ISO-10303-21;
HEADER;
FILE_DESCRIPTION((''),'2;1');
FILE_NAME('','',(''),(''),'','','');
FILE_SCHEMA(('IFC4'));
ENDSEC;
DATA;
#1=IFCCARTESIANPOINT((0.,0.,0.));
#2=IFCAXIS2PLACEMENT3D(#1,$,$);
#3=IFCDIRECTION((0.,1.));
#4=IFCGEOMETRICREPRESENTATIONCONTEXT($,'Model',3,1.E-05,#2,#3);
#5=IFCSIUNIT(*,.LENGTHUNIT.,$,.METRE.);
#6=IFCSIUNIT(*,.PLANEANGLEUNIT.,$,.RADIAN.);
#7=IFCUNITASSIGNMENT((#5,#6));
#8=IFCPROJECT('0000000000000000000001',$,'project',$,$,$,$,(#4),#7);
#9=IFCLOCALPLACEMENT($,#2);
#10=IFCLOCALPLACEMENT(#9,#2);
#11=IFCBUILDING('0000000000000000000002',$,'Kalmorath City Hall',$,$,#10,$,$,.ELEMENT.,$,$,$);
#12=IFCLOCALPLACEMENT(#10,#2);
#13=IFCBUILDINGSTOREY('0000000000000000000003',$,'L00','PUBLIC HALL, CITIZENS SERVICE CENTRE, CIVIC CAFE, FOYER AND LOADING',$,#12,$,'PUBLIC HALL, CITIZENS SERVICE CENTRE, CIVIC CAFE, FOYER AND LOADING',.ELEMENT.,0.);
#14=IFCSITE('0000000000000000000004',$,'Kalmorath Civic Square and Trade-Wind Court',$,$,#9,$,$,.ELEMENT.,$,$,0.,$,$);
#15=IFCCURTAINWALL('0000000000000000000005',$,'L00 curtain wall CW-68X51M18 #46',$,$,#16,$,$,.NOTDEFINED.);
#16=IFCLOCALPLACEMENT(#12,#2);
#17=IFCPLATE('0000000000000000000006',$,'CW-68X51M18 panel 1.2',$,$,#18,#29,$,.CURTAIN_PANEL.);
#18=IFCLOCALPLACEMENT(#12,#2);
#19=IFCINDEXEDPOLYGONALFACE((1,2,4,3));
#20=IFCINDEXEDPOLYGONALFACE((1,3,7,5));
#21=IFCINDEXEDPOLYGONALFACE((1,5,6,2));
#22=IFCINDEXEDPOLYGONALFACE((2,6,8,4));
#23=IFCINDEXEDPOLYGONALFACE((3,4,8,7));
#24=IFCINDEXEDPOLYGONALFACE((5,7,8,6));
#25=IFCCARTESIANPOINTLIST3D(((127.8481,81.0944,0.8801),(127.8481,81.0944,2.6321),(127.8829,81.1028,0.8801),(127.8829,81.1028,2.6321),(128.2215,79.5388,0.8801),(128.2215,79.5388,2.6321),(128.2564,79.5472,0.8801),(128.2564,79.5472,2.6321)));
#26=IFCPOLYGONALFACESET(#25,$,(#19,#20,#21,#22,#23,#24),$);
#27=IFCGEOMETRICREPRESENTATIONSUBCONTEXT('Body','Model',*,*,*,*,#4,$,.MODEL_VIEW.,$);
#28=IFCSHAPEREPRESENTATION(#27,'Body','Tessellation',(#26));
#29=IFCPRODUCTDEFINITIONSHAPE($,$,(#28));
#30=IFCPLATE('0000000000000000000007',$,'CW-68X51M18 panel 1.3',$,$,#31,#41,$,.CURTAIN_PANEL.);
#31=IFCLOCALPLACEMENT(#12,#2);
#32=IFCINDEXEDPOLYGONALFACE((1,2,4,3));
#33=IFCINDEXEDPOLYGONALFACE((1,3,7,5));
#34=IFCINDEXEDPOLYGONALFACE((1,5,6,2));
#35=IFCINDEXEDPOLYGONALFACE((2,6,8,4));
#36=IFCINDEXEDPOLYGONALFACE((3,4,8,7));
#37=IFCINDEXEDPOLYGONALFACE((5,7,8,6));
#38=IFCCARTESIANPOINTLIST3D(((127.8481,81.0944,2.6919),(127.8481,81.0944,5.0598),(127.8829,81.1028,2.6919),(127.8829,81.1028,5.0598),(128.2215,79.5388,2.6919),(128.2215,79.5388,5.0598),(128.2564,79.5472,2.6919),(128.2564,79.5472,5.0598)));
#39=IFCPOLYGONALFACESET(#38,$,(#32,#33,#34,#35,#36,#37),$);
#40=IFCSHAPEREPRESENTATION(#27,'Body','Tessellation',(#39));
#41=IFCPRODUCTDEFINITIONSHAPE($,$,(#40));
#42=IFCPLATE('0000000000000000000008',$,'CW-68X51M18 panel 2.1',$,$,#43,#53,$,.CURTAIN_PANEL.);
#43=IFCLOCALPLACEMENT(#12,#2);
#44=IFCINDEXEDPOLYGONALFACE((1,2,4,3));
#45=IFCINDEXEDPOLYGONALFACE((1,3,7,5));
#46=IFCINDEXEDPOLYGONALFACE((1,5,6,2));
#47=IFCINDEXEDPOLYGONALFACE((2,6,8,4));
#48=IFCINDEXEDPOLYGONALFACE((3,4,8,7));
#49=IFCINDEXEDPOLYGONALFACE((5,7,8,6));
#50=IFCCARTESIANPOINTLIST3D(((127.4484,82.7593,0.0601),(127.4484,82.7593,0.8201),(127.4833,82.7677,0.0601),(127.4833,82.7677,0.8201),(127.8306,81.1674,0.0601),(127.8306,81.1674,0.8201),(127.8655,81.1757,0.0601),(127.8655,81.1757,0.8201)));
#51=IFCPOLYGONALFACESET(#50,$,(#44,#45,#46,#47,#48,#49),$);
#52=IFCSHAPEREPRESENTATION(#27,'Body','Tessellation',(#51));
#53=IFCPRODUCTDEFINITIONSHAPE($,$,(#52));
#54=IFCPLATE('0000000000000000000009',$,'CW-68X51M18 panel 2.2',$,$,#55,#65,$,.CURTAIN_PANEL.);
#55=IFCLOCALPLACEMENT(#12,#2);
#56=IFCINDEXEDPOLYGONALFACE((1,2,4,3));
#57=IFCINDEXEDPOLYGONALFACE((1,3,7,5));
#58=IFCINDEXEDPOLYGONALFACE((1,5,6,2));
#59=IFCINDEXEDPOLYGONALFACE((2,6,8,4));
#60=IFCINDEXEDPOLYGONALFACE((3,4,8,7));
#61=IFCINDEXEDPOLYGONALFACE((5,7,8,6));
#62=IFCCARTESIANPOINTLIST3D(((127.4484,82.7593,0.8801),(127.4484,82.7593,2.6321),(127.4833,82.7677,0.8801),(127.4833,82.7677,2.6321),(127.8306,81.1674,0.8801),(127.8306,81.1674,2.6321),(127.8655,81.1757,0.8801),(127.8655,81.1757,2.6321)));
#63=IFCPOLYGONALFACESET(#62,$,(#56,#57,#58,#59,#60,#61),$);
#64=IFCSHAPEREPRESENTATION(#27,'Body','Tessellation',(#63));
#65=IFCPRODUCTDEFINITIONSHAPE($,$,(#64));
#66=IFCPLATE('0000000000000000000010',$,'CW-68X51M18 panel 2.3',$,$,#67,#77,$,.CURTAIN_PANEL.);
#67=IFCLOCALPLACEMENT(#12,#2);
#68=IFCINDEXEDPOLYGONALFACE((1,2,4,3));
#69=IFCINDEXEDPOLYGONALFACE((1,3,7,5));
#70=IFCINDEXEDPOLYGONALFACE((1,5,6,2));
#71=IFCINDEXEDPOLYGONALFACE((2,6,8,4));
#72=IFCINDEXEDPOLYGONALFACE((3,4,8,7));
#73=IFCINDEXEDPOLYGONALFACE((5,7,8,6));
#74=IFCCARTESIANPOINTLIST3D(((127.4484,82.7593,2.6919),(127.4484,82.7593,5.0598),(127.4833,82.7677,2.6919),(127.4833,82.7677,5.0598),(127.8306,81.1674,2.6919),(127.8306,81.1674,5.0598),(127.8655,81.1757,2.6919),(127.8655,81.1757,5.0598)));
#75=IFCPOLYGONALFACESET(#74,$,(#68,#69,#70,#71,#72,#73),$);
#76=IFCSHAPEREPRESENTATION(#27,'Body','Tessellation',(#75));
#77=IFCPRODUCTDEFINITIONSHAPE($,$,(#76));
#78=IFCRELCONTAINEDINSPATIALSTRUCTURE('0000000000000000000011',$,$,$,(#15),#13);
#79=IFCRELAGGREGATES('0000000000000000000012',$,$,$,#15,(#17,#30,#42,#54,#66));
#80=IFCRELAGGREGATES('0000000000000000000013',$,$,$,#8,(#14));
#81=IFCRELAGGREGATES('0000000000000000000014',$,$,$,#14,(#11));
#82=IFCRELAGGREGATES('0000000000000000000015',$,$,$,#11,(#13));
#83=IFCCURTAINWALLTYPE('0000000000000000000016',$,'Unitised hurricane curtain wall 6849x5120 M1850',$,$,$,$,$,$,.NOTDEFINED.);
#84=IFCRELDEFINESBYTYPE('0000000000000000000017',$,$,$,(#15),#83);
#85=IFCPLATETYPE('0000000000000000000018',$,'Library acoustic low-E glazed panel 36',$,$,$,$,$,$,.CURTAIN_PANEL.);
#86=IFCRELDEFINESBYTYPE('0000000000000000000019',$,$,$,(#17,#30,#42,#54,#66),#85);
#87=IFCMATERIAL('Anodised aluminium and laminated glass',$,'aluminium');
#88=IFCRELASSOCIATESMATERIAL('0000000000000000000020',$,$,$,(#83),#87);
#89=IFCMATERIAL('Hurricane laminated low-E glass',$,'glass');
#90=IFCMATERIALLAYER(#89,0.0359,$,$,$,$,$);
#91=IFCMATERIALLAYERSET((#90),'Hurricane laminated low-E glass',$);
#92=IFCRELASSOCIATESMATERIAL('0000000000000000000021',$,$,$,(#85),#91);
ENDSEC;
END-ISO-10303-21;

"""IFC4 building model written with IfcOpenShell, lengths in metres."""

from ifc_helpers import new_model, si_unit, direction, frame, origin, origin_2d, place, context, subcontext, project, spatial, rectangle, extrude, material, layer, layer_set, type_object, element, aggregate, save


model = new_model("IFC4")

# Units and contexts
model_context = context("Model", 3, precision=1e-05, world=origin(), true_north=direction((0.0, 1.0)))
body_context = subcontext(model_context, "Body", "Model", "MODEL_VIEW")
ifc_project = project(units=[si_unit("LENGTHUNIT", "METRE"), si_unit("PLANEANGLEUNIT", "RADIAN")], contexts=[model_context])

# Site, building, storey
site_placement = place(None, origin())
site = spatial("IfcSite", under=ifc_project, at=site_placement, Name="Kalmorath Civic Square and Trade-Wind Court", CompositionType="ELEMENT", RefElevation=0.0)
building_placement = place(site_placement, origin())
building = spatial("IfcBuilding", under=site, at=building_placement, Name="Kalmorath City Hall", CompositionType="ELEMENT")
storey_placement = place(building_placement, origin())
storey = spatial("IfcBuildingStorey", under=building, at=storey_placement, Name="L00", Description="PUBLIC HALL, CITIZENS SERVICE CENTRE, CIVIC CAFE, FOYER AND LOADING", LongName="PUBLIC HALL, CITIZENS SERVICE CENTRE, CIVIC CAFE, FOYER AND LOADING", CompositionType="ELEMENT", Elevation=0.0)

# Curtain wall
ifc_material_1 = material(Name="Anodised aluminium and laminated glass", Category="aluminium")
curtain_wall_type = type_object("IfcCurtainWallType", Name="Unitised hurricane curtain wall 6849x5120 M1850", PredefinedType="NOTDEFINED", material=ifc_material_1)
curtain_wall_1_placement = place(storey_placement, origin())
curtain_wall_1 = element("IfcCurtainWall", 1, at=curtain_wall_1_placement, inside=storey, type_object=curtain_wall_type, Name="L00 curtain wall CW-68X51M18 #46", PredefinedType="NOTDEFINED")

# Plates
ifc_material_2 = material(Name="Hurricane laminated low-E glass", Category="glass")
ifc_layer = layer(ifc_material_2, 0.0359)
ifc_layer_set = layer_set([ifc_layer], Name="Hurricane laminated low-E glass")
plate_type = type_object("IfcPlateType", Name="Library acoustic low-E glazed panel 36", PredefinedType="CURTAIN_PANEL", material=ifc_layer_set)
plate_1_placement = place(storey_placement, frame((128.0522, 80.3208, 0.8801), z_axis=(0.0, 0.0, 1.0), x_axis=(-0.233456, 0.972367, 0.0)))
plate_1 = element("IfcPlate", 2, at=plate_1_placement, type_object=plate_type, Name="CW-68X51M18 panel 1.2", PredefinedType="CURTAIN_PANEL", context=body_context, shape_type="SweptSolid", body=[
    extrude(rectangle(XDim=1.5999, YDim=0.0359, at=origin_2d()), origin(), (0.0, 0.0, 1.0), 1.752),
])
plate_2_placement = place(storey_placement, frame((128.0522, 80.3208, 2.6919), z_axis=(0.0, 0.0, 1.0), x_axis=(-0.233456, 0.972367, 0.0)))
plate_2 = element("IfcPlate", 3, at=plate_2_placement, type_object=plate_type, Name="CW-68X51M18 panel 1.3", PredefinedType="CURTAIN_PANEL", context=body_context, shape_type="SweptSolid", body=[
    extrude(rectangle(XDim=1.5999, YDim=0.0359, at=origin_2d()), origin(), (0.0, 0.0, 1.0), 2.3679),
])
plate_3_placement = place(storey_placement, frame((127.657, 81.9675, 0.0601), z_axis=(0.0, 0.0, 1.0), x_axis=(-0.233456, 0.972367, 0.0)))
plate_3 = element("IfcPlate", 4, at=plate_3_placement, type_object=plate_type, Name="CW-68X51M18 panel 2.1", PredefinedType="CURTAIN_PANEL", context=body_context, shape_type="SweptSolid", body=[
    extrude(rectangle(XDim=1.6372, YDim=0.0359, at=origin_2d()), origin(), (0.0, 0.0, 1.0), 0.76),
])
plate_4_placement = place(storey_placement, frame((127.657, 81.9675, 0.8801), z_axis=(0.0, 0.0, 1.0), x_axis=(-0.233456, 0.972367, 0.0)))
plate_4 = element("IfcPlate", 5, at=plate_4_placement, type_object=plate_type, Name="CW-68X51M18 panel 2.2", PredefinedType="CURTAIN_PANEL", context=body_context, shape_type="SweptSolid", body=[
    extrude(rectangle(XDim=1.6372, YDim=0.0359, at=origin_2d()), origin(), (0.0, 0.0, 1.0), 1.752),
])
plate_5_placement = place(storey_placement, frame((127.657, 81.9675, 2.6919), z_axis=(0.0, 0.0, 1.0), x_axis=(-0.233456, 0.972367, 0.0)))
plate_5 = element("IfcPlate", 6, at=plate_5_placement, type_object=plate_type, Name="CW-68X51M18 panel 2.3", PredefinedType="CURTAIN_PANEL", context=body_context, shape_type="SweptSolid", body=[
    extrude(rectangle(XDim=1.6372, YDim=0.0359, at=origin_2d()), origin(), (0.0, 0.0, 1.0), 2.3679),
])
aggregate(curtain_wall_1, [plate_1, plate_2, plate_3, plate_4, plate_5])

save(model, "model.ifc")
